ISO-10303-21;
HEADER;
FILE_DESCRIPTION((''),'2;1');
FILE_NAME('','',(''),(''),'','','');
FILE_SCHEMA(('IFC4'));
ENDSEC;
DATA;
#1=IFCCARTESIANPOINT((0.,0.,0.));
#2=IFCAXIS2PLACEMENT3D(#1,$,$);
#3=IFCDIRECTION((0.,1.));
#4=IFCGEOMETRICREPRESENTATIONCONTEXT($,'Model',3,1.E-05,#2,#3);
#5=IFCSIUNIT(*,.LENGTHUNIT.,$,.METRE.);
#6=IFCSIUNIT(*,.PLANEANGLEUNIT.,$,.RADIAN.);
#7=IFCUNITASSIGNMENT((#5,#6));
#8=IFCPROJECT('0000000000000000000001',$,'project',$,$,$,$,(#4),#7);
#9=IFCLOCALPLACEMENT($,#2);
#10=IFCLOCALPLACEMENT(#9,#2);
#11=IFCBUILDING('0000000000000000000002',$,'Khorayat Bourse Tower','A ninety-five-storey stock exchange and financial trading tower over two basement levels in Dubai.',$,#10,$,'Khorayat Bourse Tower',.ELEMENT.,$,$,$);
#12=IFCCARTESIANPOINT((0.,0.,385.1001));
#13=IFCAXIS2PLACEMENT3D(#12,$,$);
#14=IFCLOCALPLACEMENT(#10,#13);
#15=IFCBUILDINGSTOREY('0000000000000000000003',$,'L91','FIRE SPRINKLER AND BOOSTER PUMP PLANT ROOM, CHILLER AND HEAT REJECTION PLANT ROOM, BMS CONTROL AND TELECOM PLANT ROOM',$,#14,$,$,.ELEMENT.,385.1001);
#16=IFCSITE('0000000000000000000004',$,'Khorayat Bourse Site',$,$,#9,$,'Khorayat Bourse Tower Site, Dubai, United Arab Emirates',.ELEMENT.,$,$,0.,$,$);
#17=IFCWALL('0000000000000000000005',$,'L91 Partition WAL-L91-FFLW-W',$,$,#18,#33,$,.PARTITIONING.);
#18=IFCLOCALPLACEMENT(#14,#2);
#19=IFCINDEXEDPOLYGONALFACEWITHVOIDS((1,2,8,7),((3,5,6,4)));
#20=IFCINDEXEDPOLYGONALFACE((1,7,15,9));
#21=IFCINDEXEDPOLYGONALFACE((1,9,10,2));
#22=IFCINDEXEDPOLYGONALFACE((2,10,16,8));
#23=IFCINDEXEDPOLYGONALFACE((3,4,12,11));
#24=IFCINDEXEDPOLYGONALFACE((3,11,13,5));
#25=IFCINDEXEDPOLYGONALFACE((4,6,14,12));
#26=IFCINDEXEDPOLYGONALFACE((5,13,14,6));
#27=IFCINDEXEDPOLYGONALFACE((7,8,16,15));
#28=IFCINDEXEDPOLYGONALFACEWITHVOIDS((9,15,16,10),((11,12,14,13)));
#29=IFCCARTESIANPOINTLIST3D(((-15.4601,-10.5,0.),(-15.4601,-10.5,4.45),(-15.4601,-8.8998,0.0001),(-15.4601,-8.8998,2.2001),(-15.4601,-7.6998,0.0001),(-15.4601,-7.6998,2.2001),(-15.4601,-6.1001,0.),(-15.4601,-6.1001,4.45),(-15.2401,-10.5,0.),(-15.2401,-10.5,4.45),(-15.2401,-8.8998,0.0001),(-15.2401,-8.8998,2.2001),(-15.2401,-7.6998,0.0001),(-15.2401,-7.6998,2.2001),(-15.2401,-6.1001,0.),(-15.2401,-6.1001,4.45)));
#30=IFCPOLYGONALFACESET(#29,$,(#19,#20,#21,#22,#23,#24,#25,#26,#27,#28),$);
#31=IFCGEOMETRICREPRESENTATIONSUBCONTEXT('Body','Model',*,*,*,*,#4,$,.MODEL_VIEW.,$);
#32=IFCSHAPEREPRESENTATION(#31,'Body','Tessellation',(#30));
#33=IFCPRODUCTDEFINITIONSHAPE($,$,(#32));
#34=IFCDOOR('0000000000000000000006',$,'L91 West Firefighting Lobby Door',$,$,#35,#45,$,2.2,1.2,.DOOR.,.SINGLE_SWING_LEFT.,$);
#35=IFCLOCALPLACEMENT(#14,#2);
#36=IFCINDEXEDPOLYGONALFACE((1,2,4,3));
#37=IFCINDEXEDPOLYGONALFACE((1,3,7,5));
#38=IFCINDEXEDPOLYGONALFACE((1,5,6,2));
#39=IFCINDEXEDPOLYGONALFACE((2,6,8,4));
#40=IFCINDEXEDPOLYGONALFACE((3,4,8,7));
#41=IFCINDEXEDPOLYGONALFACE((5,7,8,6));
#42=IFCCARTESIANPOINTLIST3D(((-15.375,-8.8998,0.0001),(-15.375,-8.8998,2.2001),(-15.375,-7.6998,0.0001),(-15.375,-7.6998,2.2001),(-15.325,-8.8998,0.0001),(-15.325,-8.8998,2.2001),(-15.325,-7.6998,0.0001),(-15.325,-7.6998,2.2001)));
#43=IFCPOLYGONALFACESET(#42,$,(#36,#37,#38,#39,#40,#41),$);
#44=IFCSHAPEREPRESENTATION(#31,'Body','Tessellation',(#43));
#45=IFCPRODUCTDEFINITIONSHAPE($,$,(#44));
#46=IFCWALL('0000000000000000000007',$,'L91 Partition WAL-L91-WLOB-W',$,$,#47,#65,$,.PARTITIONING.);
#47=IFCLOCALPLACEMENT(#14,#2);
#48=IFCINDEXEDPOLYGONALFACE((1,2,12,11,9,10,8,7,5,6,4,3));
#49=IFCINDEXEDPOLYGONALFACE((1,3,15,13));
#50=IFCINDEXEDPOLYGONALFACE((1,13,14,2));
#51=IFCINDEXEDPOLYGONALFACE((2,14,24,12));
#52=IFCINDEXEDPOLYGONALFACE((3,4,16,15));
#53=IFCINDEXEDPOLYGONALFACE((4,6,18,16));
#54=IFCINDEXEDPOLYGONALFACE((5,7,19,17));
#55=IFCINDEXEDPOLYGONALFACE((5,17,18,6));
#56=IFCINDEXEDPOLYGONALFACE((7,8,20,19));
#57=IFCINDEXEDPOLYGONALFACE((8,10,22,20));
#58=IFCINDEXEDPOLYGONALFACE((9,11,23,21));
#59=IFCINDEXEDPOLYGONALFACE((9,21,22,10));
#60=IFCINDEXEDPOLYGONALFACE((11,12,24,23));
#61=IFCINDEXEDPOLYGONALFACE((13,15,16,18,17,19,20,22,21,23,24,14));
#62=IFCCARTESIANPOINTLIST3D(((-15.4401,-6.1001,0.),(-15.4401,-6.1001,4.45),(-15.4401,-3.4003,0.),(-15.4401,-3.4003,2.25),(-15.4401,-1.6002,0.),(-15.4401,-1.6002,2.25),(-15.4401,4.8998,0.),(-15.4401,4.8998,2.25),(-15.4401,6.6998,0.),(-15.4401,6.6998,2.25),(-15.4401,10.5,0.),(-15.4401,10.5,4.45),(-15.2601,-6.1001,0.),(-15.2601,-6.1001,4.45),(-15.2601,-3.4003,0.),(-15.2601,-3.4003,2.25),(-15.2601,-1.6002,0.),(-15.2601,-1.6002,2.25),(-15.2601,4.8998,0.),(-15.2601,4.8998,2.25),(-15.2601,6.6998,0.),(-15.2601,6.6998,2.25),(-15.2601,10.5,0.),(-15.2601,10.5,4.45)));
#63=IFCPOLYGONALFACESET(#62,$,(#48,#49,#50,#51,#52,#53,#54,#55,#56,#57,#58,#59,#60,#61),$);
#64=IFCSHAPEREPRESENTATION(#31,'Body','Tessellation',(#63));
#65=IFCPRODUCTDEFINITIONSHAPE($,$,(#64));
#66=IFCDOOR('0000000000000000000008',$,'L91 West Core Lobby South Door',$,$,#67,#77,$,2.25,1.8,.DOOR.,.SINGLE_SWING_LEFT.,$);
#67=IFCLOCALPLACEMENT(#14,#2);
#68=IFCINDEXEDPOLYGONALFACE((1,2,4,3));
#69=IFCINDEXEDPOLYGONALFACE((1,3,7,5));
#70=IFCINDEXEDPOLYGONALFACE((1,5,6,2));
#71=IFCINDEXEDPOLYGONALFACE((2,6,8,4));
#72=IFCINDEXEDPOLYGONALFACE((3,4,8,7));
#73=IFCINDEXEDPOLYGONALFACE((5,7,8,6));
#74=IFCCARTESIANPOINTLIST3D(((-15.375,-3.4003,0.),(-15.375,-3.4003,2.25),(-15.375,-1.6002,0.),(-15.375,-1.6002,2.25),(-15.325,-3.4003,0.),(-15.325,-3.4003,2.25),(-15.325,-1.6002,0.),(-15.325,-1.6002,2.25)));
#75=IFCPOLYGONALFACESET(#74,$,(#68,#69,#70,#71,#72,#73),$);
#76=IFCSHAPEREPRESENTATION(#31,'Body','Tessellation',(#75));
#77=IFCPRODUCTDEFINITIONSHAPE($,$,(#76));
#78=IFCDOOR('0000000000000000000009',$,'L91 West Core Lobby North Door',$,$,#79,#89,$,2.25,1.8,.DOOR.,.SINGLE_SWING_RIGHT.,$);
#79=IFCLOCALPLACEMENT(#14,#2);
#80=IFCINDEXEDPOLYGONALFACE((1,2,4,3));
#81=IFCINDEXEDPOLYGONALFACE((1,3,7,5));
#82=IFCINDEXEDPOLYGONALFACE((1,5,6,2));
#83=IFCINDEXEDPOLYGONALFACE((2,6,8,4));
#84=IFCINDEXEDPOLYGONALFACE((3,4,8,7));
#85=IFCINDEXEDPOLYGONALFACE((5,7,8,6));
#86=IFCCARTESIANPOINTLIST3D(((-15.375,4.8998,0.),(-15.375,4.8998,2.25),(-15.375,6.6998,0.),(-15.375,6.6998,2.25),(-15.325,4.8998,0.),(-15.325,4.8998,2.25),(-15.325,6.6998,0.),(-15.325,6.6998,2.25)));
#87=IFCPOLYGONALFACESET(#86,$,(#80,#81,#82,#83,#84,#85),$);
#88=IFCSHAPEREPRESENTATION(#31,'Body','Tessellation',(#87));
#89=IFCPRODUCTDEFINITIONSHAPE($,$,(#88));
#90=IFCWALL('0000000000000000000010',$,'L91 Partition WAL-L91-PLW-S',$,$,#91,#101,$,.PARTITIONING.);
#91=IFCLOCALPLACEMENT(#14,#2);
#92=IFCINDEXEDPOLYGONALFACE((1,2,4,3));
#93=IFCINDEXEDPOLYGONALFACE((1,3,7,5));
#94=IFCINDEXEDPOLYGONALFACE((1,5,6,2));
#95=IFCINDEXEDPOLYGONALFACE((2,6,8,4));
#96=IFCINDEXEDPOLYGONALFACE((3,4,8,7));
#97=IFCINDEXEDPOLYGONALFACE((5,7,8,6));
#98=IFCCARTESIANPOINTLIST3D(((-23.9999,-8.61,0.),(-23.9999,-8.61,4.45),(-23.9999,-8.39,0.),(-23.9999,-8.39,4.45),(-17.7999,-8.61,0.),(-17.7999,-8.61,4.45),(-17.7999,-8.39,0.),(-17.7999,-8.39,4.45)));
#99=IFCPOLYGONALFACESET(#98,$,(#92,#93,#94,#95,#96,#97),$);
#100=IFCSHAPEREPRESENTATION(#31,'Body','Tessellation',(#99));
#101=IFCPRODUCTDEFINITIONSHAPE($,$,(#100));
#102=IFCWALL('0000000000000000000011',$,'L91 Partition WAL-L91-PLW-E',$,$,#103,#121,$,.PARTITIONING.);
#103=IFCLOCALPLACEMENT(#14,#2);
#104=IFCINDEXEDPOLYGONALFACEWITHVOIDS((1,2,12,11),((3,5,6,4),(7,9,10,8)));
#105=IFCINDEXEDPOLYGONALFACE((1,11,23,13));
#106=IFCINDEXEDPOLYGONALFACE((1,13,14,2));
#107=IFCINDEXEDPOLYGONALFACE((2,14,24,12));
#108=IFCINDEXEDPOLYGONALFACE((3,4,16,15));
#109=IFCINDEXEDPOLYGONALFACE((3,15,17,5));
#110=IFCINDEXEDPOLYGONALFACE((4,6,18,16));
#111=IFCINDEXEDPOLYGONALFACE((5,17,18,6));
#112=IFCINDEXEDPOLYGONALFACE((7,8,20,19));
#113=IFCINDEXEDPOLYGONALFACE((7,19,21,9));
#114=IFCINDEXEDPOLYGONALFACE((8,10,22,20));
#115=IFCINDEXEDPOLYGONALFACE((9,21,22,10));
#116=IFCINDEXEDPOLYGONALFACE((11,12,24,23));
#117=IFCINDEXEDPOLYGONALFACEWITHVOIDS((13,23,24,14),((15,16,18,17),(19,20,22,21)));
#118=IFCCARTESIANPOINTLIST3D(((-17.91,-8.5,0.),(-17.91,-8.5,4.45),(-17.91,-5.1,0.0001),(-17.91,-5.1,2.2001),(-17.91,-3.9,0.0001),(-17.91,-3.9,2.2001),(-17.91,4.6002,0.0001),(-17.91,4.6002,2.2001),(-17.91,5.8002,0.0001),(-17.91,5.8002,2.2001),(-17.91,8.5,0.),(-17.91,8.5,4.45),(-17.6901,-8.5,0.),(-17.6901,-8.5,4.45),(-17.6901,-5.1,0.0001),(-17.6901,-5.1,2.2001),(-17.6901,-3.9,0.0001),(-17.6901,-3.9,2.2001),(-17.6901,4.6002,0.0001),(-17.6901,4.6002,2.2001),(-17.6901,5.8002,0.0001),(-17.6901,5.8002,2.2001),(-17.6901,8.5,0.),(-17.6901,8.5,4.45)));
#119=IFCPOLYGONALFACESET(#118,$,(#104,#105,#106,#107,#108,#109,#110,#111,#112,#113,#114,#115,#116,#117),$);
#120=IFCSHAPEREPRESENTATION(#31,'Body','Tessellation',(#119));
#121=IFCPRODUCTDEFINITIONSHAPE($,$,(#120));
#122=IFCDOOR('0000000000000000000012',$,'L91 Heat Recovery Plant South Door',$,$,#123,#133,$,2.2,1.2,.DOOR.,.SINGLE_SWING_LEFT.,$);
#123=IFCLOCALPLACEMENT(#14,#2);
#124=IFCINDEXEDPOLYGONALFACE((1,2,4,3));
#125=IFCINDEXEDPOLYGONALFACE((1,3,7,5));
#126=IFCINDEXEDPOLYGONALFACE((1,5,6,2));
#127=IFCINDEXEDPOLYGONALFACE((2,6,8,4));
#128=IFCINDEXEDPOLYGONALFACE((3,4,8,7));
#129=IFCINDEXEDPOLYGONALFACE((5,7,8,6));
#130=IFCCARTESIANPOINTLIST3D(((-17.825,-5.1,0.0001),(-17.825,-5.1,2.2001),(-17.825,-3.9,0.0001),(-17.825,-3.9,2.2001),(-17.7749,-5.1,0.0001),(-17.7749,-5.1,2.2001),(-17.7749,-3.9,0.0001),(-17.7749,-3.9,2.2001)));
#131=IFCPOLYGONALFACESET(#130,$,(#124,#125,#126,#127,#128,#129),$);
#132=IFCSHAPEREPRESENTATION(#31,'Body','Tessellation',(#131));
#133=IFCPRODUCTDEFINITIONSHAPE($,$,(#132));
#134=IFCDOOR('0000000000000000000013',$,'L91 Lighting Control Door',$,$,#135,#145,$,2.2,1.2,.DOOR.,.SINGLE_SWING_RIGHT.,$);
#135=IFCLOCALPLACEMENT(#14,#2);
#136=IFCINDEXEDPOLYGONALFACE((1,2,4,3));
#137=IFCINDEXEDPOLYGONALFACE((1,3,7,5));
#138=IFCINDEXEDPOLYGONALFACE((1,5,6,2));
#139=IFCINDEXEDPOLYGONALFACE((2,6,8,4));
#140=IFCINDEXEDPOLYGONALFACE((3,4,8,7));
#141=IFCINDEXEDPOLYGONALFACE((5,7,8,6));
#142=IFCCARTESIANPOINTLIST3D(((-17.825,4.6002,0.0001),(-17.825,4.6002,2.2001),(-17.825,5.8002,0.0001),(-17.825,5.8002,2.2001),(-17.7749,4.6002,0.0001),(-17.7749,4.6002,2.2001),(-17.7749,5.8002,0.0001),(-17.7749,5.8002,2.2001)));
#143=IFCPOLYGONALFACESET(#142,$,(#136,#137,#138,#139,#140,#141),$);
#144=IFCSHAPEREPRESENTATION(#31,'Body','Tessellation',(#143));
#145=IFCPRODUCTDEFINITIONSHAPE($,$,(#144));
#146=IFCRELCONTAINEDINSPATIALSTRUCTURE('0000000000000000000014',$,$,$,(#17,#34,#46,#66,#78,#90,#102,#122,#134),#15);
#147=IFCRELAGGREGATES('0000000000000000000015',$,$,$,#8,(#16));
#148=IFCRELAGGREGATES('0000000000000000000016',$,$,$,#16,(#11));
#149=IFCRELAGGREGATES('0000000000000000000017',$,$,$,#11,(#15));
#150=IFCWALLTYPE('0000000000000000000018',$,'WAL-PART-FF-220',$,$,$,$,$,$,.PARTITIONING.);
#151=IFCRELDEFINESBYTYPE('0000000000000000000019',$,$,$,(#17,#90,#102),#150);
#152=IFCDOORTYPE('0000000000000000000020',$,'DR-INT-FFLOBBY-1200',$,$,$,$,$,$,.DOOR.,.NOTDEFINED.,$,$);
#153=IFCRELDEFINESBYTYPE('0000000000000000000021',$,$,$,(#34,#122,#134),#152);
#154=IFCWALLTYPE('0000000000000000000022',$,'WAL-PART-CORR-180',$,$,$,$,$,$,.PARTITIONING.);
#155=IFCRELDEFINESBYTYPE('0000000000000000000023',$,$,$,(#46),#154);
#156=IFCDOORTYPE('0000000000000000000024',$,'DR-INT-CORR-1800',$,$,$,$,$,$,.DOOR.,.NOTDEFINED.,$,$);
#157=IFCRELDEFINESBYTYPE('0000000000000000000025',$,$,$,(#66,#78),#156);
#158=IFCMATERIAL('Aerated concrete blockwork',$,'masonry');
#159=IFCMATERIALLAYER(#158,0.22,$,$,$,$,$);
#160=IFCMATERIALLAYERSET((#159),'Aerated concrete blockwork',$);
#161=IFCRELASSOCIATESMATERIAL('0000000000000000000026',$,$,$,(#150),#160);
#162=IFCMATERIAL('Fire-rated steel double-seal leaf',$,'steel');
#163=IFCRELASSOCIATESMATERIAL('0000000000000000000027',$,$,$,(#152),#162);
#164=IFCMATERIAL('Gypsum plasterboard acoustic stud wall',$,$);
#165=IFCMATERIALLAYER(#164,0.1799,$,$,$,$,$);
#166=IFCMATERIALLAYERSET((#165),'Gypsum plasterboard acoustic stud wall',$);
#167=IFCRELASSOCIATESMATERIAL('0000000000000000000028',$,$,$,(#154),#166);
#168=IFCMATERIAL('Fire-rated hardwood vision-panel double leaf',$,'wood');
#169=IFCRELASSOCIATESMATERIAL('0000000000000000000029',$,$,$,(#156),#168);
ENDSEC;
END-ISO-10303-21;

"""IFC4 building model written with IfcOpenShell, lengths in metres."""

from ifc_helpers import new_model, si_unit, direction, frame, frame_2d, origin, place, context, subcontext, project, spatial, rectangle, extrude, source, transform, mapped, material, layer, layer_set, type_object, element, fill, save


model = new_model("IFC4")

# Units and contexts
model_context = context("Model", 3, precision=1e-05, world=origin(), true_north=direction((0.0, 1.0)))
body_context = subcontext(model_context, "Body", "Model", "MODEL_VIEW")
ifc_project = project(units=[si_unit("LENGTHUNIT", "METRE"), si_unit("PLANEANGLEUNIT", "RADIAN")], contexts=[model_context])

# Site, building, storey
site_placement = place(None, origin())
site = spatial("IfcSite", under=ifc_project, at=site_placement, Name="Khorayat Bourse Site", LongName="Khorayat Bourse Tower Site, Dubai, United Arab Emirates", CompositionType="ELEMENT", RefElevation=0.0)
building_placement = place(site_placement, origin())
building = spatial("IfcBuilding", under=site, at=building_placement, Name="Khorayat Bourse Tower", Description="A ninety-five-storey stock exchange and financial trading tower over two basement levels in Dubai.", LongName="Khorayat Bourse Tower", CompositionType="ELEMENT")
storey_placement = place(building_placement, frame((0.0, 0.0, 385.1001)))
storey = spatial("IfcBuildingStorey", under=building, at=storey_placement, Name="L91", Description="FIRE SPRINKLER AND BOOSTER PUMP PLANT ROOM, CHILLER AND HEAT REJECTION PLANT ROOM, BMS CONTROL AND TELECOM PLANT ROOM", CompositionType="ELEMENT", Elevation=385.1001)

# Shared definitions
ifc_material_1 = material(Name="Aerated concrete blockwork", Category="masonry")
ifc_layer_1 = layer(ifc_material_1, 0.22)
ifc_layer_set_1 = layer_set([ifc_layer_1], Name="Aerated concrete blockwork")
wall_type_1 = type_object("IfcWallType", Name="WAL-PART-FF-220", PredefinedType="PARTITIONING", material=ifc_layer_set_1)

# Wall, opening, door
shared_shape_1 = source(origin(), body_context, "Body", "SweptSolid", [
    extrude(rectangle(XDim=4.3999, YDim=0.22, at=frame_2d((2.2, 0.0))), origin(), (0.0, 0.0, 1.0), 4.45),
])
wall_1_placement = place(storey_placement, frame((-15.3501, -10.5, 0.0), z_axis=(0.0, 0.0, 1.0), x_axis=(0.0, 1.0, 0.0)))
wall_1 = element("IfcWall", 1, at=wall_1_placement, inside=storey, type_object=wall_type_1, Name="L91 Partition WAL-L91-FFLW-W", PredefinedType="PARTITIONING", context=body_context, shape_type="MappedRepresentation", body=[
    mapped(shared_shape_1, transform((0.0, 0.0, 0.0), scale=1.0)),
])
shared_shape_2 = source(origin(), body_context, "Body", "SweptSolid", [
    extrude(rectangle(XDim=1.2, YDim=2.2, at=frame_2d((0.6001, 1.1001))), frame((0.0, 0.1199, 0.0), z_axis=(0.0, -1.0, 0.0), x_axis=(1.0, 0.0, 0.0)), (0.0, 0.0, 1.0), 0.24),
])
opening_1_placement = place(wall_1_placement, frame((1.6001, 0.0, 0.0)))
opening_1 = element("IfcOpeningElement", 2, at=opening_1_placement, cuts=wall_1, PredefinedType="OPENING", context=body_context, shape_type="MappedRepresentation", body=[
    mapped(shared_shape_2, transform((0.0, 0.0, 0.0), scale=1.0)),
])
ifc_material_2 = material(Name="Fire-rated steel double-seal leaf", Category="steel")
door_type_1 = type_object("IfcDoorType", Name="DR-INT-FFLOBBY-1200", OperationType="NOTDEFINED", PredefinedType="DOOR", material=ifc_material_2)
shared_shape_3 = source(origin(), body_context, "Body", "SweptSolid", [
    extrude(rectangle(XDim=1.2, YDim=2.2, at=frame_2d((0.6001, 1.1001))), frame((0.0, 0.0249, 0.0), z_axis=(0.0, -1.0, 0.0), x_axis=(1.0, 0.0, 0.0)), (0.0, 0.0, 1.0), 0.05),
])
door_1_placement = place(opening_1_placement, origin())
door_1 = element("IfcDoor", 3, at=door_1_placement, inside=storey, type_object=door_type_1, Name="L91 West Firefighting Lobby Door", OperationType="SINGLE_SWING_LEFT", OverallHeight=2.2, OverallWidth=1.2, PredefinedType="DOOR", context=body_context, shape_type="MappedRepresentation", body=[
    mapped(shared_shape_3, transform((0.0, 0.0, 0.0), scale=1.0)),
])
fill(opening_1, door_1)

# Wall, openings, doors
ifc_material_3 = material(Name="Gypsum plasterboard acoustic stud wall")
ifc_layer_2 = layer(ifc_material_3, 0.1799)
ifc_layer_set_2 = layer_set([ifc_layer_2], Name="Gypsum plasterboard acoustic stud wall")
wall_type_2 = type_object("IfcWallType", Name="WAL-PART-CORR-180", PredefinedType="PARTITIONING", material=ifc_layer_set_2)
shared_shape_4 = source(origin(), body_context, "Body", "SweptSolid", [
    extrude(rectangle(XDim=16.6001, YDim=0.1799, at=frame_2d((8.3, 0.0))), origin(), (0.0, 0.0, 1.0), 4.45),
])
wall_2_placement = place(storey_placement, frame((-15.3501, -6.1001, 0.0), z_axis=(0.0, 0.0, 1.0), x_axis=(0.0, 1.0, 0.0)))
wall_2 = element("IfcWall", 4, at=wall_2_placement, inside=storey, type_object=wall_type_2, Name="L91 Partition WAL-L91-WLOB-W", PredefinedType="PARTITIONING", context=body_context, shape_type="MappedRepresentation", body=[
    mapped(shared_shape_4, transform((0.0, 0.0, 0.0), scale=1.0)),
])
shared_shape_5 = source(origin(), body_context, "Body", "SweptSolid", [
    extrude(rectangle(XDim=1.8, YDim=2.25, at=frame_2d((0.8999, 1.125))), frame((0.0, 0.0999, 0.0), z_axis=(0.0, -1.0, 0.0), x_axis=(1.0, 0.0, 0.0)), (0.0, 0.0, 1.0), 0.2),
])
opening_2_placement = place(wall_2_placement, frame((2.7, 0.0, 0.0)))
opening_2 = element("IfcOpeningElement", 5, at=opening_2_placement, cuts=wall_2, PredefinedType="OPENING", context=body_context, shape_type="MappedRepresentation", body=[
    mapped(shared_shape_5, transform((0.0, 0.0, 0.0), scale=1.0)),
])
opening_3_placement = place(wall_2_placement, frame((11.0, 0.0, 0.0)))
opening_3 = element("IfcOpeningElement", 6, at=opening_3_placement, cuts=wall_2, PredefinedType="OPENING", context=body_context, shape_type="MappedRepresentation", body=[
    mapped(shared_shape_5, transform((0.0, 0.0, 0.0), scale=1.0)),
])
ifc_material_4 = material(Name="Fire-rated hardwood vision-panel double leaf", Category="wood")
door_type_2 = type_object("IfcDoorType", Name="DR-INT-CORR-1800", OperationType="NOTDEFINED", PredefinedType="DOOR", material=ifc_material_4)
shared_shape_6 = source(origin(), body_context, "Body", "SweptSolid", [
    extrude(rectangle(XDim=1.8, YDim=2.25, at=frame_2d((0.8999, 1.125))), frame((0.0, 0.0249, 0.0), z_axis=(0.0, -1.0, 0.0), x_axis=(1.0, 0.0, 0.0)), (0.0, 0.0, 1.0), 0.05),
])
door_2_placement = place(opening_2_placement, origin())
door_2 = element("IfcDoor", 7, at=door_2_placement, inside=storey, type_object=door_type_2, Name="L91 West Core Lobby South Door", OperationType="SINGLE_SWING_LEFT", OverallHeight=2.25, OverallWidth=1.8, PredefinedType="DOOR", context=body_context, shape_type="MappedRepresentation", body=[
    mapped(shared_shape_6, transform((0.0, 0.0, 0.0), scale=1.0)),
])
fill(opening_2, door_2)
door_3_placement = place(opening_3_placement, origin())
door_3 = element("IfcDoor", 8, at=door_3_placement, inside=storey, type_object=door_type_2, Name="L91 West Core Lobby North Door", OperationType="SINGLE_SWING_RIGHT", OverallHeight=2.25, OverallWidth=1.8, PredefinedType="DOOR", context=body_context, shape_type="MappedRepresentation", body=[
    mapped(shared_shape_6, transform((0.0, 0.0, 0.0), scale=1.0)),
])
fill(opening_3, door_3)

# Wall
shared_shape_7 = source(origin(), body_context, "Body", "SweptSolid", [
    extrude(rectangle(XDim=6.2, YDim=0.22, at=frame_2d((3.1001, 0.0))), origin(), (0.0, 0.0, 1.0), 4.45),
])
wall_3_placement = place(storey_placement, frame((-24.0, -8.5, 0.0), z_axis=(0.0, 0.0, 1.0), x_axis=(1.0, 0.0, 0.0)))
element("IfcWall", 9, at=wall_3_placement, inside=storey, type_object=wall_type_1, Name="L91 Partition WAL-L91-PLW-S", PredefinedType="PARTITIONING", context=body_context, shape_type="MappedRepresentation", body=[
    mapped(shared_shape_7, transform((0.0, 0.0, 0.0), scale=1.0)),
])

# Wall, openings, doors
shared_shape_8 = source(origin(), body_context, "Body", "SweptSolid", [
    extrude(rectangle(XDim=17.0, YDim=0.22, at=frame_2d((8.5, 0.0))), origin(), (0.0, 0.0, 1.0), 4.45),
])
wall_4_placement = place(storey_placement, frame((-17.8, -8.5, 0.0), z_axis=(0.0, 0.0, 1.0), x_axis=(0.0, 1.0, 0.0)))
wall_4 = element("IfcWall", 10, at=wall_4_placement, inside=storey, type_object=wall_type_1, Name="L91 Partition WAL-L91-PLW-E", PredefinedType="PARTITIONING", context=body_context, shape_type="MappedRepresentation", body=[
    mapped(shared_shape_8, transform((0.0, 0.0, 0.0), scale=1.0)),
])
opening_4_placement = place(wall_4_placement, frame((3.3999, 0.0, 0.0)))
opening_4 = element("IfcOpeningElement", 11, at=opening_4_placement, cuts=wall_4, PredefinedType="OPENING", context=body_context, shape_type="MappedRepresentation", body=[
    mapped(shared_shape_2, transform((0.0, 0.0, 0.0), scale=1.0)),
])
opening_5_placement = place(wall_4_placement, frame((13.1001, 0.0, 0.0)))
opening_5 = element("IfcOpeningElement", 12, at=opening_5_placement, cuts=wall_4, PredefinedType="OPENING", context=body_context, shape_type="MappedRepresentation", body=[
    mapped(shared_shape_2, transform((0.0, 0.0, 0.0), scale=1.0)),
])
door_4_placement = place(opening_4_placement, origin())
door_4 = element("IfcDoor", 13, at=door_4_placement, inside=storey, type_object=door_type_1, Name="L91 Heat Recovery Plant South Door", OperationType="SINGLE_SWING_LEFT", OverallHeight=2.2, OverallWidth=1.2, PredefinedType="DOOR", context=body_context, shape_type="MappedRepresentation", body=[
    mapped(shared_shape_3, transform((0.0, 0.0, 0.0), scale=1.0)),
])
fill(opening_4, door_4)
door_5_placement = place(opening_5_placement, origin())
door_5 = element("IfcDoor", 14, at=door_5_placement, inside=storey, type_object=door_type_1, Name="L91 Lighting Control Door", OperationType="SINGLE_SWING_RIGHT", OverallHeight=2.2, OverallWidth=1.2, PredefinedType="DOOR", context=body_context, shape_type="MappedRepresentation", body=[
    mapped(shared_shape_3, transform((0.0, 0.0, 0.0), scale=1.0)),
])
fill(opening_5, door_5)

save(model, "model.ifc")
